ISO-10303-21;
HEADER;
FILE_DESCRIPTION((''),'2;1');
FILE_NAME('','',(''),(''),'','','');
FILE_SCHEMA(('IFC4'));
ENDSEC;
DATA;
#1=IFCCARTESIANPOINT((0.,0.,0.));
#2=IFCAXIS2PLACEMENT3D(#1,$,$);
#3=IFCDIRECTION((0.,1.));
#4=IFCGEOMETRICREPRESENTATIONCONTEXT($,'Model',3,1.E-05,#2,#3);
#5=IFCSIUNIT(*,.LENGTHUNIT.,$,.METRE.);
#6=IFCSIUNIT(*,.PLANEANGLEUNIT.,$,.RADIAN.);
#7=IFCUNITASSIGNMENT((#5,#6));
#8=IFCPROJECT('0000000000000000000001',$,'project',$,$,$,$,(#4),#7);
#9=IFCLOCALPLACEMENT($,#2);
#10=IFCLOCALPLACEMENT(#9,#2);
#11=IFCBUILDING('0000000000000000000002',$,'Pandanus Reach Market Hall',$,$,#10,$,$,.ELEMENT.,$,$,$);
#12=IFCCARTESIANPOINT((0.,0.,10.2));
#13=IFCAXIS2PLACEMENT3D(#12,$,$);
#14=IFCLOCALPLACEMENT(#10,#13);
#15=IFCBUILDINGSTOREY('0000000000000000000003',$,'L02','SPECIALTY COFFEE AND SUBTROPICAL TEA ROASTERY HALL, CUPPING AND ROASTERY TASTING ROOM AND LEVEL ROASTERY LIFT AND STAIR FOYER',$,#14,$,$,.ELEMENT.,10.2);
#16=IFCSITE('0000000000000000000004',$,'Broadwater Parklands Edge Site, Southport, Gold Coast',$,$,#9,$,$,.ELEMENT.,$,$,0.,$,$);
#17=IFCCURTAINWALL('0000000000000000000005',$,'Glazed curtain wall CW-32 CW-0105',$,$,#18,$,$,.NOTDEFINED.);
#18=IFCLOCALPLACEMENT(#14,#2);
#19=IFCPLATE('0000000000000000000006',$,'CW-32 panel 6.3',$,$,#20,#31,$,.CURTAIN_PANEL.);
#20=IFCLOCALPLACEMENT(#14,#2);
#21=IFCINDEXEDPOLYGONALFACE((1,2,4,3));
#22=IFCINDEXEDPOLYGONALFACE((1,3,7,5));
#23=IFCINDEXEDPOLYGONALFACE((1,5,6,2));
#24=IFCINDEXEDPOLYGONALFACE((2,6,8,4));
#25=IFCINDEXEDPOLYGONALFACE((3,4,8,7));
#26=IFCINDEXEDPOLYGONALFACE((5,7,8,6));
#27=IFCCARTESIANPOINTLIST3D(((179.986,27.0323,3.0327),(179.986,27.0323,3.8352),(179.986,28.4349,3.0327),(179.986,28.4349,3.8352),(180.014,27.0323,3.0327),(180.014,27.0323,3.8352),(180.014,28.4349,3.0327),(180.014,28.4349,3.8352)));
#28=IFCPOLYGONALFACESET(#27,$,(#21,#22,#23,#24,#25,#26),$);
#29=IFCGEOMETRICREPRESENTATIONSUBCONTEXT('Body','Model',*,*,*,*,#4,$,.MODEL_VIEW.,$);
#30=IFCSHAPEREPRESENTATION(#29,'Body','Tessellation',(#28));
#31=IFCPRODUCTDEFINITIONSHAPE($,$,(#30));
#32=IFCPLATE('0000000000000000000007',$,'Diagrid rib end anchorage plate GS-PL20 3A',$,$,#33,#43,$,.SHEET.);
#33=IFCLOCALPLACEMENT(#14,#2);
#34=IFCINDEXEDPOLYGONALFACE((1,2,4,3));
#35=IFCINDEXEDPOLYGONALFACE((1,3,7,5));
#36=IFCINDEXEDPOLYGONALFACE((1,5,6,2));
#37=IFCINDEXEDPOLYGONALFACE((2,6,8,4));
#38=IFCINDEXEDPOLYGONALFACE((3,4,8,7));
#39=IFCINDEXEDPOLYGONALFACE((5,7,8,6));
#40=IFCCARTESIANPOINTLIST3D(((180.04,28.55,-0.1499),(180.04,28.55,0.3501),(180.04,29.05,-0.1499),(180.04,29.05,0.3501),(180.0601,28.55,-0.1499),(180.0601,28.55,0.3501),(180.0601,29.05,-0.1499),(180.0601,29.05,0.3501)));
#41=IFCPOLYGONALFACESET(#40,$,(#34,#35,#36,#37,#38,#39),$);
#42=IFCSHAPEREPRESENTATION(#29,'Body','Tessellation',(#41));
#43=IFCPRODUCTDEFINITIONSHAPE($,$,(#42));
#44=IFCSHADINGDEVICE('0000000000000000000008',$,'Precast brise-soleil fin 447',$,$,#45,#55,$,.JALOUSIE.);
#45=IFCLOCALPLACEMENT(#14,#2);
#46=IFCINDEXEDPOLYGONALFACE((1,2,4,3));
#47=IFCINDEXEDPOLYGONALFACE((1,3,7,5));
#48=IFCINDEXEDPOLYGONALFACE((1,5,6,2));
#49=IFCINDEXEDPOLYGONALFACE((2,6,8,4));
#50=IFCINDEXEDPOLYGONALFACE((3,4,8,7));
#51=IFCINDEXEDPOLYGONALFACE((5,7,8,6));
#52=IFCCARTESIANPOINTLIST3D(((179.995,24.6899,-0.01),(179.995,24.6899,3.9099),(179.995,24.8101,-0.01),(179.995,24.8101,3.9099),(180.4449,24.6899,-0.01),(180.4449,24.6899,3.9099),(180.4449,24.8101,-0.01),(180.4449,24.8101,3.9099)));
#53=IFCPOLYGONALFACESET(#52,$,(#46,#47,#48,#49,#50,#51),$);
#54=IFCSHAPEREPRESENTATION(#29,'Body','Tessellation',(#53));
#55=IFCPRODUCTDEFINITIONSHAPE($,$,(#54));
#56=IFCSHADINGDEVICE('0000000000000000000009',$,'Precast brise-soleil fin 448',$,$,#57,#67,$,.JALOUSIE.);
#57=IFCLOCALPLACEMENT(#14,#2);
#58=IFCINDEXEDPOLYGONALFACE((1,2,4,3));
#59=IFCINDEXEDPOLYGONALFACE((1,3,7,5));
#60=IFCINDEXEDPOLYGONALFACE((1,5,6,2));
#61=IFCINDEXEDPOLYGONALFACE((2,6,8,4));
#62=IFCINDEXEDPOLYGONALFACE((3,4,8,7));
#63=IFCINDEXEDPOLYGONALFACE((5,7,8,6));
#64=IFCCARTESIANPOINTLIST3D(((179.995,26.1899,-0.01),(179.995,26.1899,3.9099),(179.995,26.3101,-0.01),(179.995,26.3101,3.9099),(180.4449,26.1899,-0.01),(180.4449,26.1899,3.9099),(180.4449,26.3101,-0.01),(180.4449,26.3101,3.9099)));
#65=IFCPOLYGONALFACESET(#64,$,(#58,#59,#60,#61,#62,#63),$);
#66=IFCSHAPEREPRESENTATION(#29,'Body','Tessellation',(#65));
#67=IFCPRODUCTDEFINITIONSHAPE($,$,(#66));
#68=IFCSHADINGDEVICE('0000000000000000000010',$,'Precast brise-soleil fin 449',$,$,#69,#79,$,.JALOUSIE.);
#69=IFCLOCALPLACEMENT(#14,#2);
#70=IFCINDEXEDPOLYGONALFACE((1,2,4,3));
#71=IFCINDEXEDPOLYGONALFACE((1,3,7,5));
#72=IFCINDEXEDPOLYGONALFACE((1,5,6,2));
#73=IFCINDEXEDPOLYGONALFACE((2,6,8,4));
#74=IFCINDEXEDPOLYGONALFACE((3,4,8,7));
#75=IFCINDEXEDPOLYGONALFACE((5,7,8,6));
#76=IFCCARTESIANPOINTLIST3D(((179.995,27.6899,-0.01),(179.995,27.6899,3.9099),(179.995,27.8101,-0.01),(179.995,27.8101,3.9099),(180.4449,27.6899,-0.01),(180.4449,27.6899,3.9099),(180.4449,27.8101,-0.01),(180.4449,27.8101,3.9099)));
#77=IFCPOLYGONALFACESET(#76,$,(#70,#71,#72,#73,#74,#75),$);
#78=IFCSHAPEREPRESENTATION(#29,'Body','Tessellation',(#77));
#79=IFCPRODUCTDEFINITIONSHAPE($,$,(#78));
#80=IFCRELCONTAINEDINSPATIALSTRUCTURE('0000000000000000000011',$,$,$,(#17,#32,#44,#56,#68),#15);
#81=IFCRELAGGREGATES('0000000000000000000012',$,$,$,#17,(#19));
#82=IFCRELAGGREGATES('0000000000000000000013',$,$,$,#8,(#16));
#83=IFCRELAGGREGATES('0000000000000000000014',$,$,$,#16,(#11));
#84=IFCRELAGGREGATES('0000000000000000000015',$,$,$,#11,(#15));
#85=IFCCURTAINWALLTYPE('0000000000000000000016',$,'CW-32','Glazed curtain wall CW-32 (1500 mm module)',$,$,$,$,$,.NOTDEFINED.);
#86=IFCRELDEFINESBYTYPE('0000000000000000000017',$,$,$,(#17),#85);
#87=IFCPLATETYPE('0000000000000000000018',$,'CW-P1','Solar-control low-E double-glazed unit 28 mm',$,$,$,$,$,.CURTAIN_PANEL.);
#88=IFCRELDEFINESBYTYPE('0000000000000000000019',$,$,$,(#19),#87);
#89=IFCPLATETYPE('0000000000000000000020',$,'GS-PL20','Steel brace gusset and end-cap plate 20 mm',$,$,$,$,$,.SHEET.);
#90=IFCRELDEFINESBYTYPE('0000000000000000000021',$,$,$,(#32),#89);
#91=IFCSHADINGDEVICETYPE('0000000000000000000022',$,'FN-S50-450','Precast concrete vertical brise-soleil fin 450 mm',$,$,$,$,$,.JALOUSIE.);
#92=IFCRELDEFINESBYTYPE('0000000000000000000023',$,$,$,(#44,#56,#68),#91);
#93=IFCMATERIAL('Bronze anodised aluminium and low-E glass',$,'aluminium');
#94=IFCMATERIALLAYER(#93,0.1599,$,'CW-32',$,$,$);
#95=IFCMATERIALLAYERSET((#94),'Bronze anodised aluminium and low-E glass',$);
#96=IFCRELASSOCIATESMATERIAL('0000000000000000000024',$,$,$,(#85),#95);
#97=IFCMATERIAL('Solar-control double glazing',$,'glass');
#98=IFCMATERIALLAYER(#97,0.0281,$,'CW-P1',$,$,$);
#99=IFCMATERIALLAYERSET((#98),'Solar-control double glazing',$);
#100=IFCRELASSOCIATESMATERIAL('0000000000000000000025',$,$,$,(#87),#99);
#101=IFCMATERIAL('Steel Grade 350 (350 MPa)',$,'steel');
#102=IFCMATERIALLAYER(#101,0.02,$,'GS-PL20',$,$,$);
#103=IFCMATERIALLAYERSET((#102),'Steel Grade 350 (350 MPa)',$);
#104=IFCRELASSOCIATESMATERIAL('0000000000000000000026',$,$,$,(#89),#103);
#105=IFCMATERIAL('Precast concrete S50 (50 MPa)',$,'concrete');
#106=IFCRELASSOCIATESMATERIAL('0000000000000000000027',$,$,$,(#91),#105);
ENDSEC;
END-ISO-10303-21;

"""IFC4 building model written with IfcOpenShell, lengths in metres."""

from ifc_helpers import new_model, si_unit, direction, frame, origin, origin_2d, place, context, subcontext, project, spatial, rectangle, extrude, material, layer, layer_set, type_object, element, aggregate, save


model = new_model("IFC4")

# Units and contexts
model_context = context("Model", 3, precision=1e-05, world=origin(), true_north=direction((0.0, 1.0)))
body_context = subcontext(model_context, "Body", "Model", "MODEL_VIEW")
ifc_project = project(units=[si_unit("LENGTHUNIT", "METRE"), si_unit("PLANEANGLEUNIT", "RADIAN")], contexts=[model_context])

# Site, building, storey
site_placement = place(None, origin())
site = spatial("IfcSite", under=ifc_project, at=site_placement, Name="Broadwater Parklands Edge Site, Southport, Gold Coast", CompositionType="ELEMENT", RefElevation=0.0)
building_placement = place(site_placement, origin())
building = spatial("IfcBuilding", under=site, at=building_placement, Name="Pandanus Reach Market Hall", CompositionType="ELEMENT")
storey_placement = place(building_placement, frame((0.0, 0.0, 10.2)))
storey = spatial("IfcBuildingStorey", under=building, at=storey_placement, Name="L02", Description="SPECIALTY COFFEE AND SUBTROPICAL TEA ROASTERY HALL, CUPPING AND ROASTERY TASTING ROOM AND LEVEL ROASTERY LIFT AND STAIR FOYER", CompositionType="ELEMENT", Elevation=10.2)

# Curtain wall
ifc_material_1 = material(Name="Bronze anodised aluminium and low-E glass", Category="aluminium")
ifc_layer_1 = layer(ifc_material_1, 0.1599, Name="CW-32")
ifc_layer_set_1 = layer_set([ifc_layer_1], Name="Bronze anodised aluminium and low-E glass")
curtain_wall_type = type_object("IfcCurtainWallType", Name="CW-32", Description="Glazed curtain wall CW-32 (1500 mm module)", PredefinedType="NOTDEFINED", material=ifc_layer_set_1)
curtain_wall_placement = place(storey_placement, origin())
curtain_wall = element("IfcCurtainWall", 1, at=curtain_wall_placement, inside=storey, type_object=curtain_wall_type, Name="Glazed curtain wall CW-32 CW-0105", PredefinedType="NOTDEFINED")

# Plates
ifc_material_2 = material(Name="Solar-control double glazing", Category="glass")
ifc_layer_2 = layer(ifc_material_2, 0.0281, Name="CW-P1")
ifc_layer_set_2 = layer_set([ifc_layer_2], Name="Solar-control double glazing")
plate_type_1 = type_object("IfcPlateType", Name="CW-P1", Description="Solar-control low-E double-glazed unit 28 mm", PredefinedType="CURTAIN_PANEL", material=ifc_layer_set_2)
plate_1_placement = place(storey_placement, frame((180.0, 27.7336, 3.0327), z_axis=(0.0, 0.0, 1.0), x_axis=(0.0, 1.0, 0.0)))
plate_1 = element("IfcPlate", 2, at=plate_1_placement, type_object=plate_type_1, Name="CW-32 panel 6.3", PredefinedType="CURTAIN_PANEL", context=body_context, shape_type="SweptSolid", body=[
    extrude(rectangle(XDim=1.4026, YDim=0.0281, at=origin_2d()), origin(), (0.0, 0.0, 1.0), 0.8025),
])
aggregate(curtain_wall, [plate_1])
ifc_material_3 = material(Name="Steel Grade 350 (350 MPa)", Category="steel")
ifc_layer_3 = layer(ifc_material_3, 0.02, Name="GS-PL20")
ifc_layer_set_3 = layer_set([ifc_layer_3], Name="Steel Grade 350 (350 MPa)")
plate_type_2 = type_object("IfcPlateType", Name="GS-PL20", Description="Steel brace gusset and end-cap plate 20 mm", PredefinedType="SHEET", material=ifc_layer_set_3)
plate_2_placement = place(storey_placement, frame((180.05, 28.8, -0.1499), z_axis=(0.0, 0.0, 1.0), x_axis=(1.0, 0.0, 0.0)))
element("IfcPlate", 3, at=plate_2_placement, inside=storey, type_object=plate_type_2, Name="Diagrid rib end anchorage plate GS-PL20 3A", PredefinedType="SHEET", context=body_context, shape_type="SweptSolid", body=[
    extrude(rectangle(XDim=0.02, YDim=0.5, at=origin_2d()), origin(), (0.0, 0.0, 1.0), 0.5),
])

# Shading devices
ifc_material_4 = material(Name="Precast concrete S50 (50 MPa)", Category="concrete")
shading_device_type = type_object("IfcShadingDeviceType", Name="FN-S50-450", Description="Precast concrete vertical brise-soleil fin 450 mm", PredefinedType="JALOUSIE", material=ifc_material_4)
for number, where, z_axis, x_axis, name in (
    (4, (180.22, 24.75, -0.01), (0.0, 0.0, 1.0), (1.0, 0.0, 0.0), "Precast brise-soleil fin 447"),
    (5, (180.22, 26.25, -0.01), (0.0, 0.0, 1.0), (1.0, 0.0, 0.0), "Precast brise-soleil fin 448"),
    (6, (180.22, 27.75, -0.01), (0.0, 0.0, 1.0), (1.0, 0.0, 0.0), "Precast brise-soleil fin 449"),
):
    element("IfcShadingDevice", number, at=place(storey_placement, frame(where, z_axis=z_axis, x_axis=x_axis)), inside=storey, type_object=shading_device_type, Name=name, PredefinedType="JALOUSIE", context=body_context, shape_type="SweptSolid", body=[
        extrude(rectangle(XDim=0.45, YDim=0.1201, at=origin_2d()), origin(), (0.0, 0.0, 1.0), 3.9199),
    ])

save(model, "model.ifc")
